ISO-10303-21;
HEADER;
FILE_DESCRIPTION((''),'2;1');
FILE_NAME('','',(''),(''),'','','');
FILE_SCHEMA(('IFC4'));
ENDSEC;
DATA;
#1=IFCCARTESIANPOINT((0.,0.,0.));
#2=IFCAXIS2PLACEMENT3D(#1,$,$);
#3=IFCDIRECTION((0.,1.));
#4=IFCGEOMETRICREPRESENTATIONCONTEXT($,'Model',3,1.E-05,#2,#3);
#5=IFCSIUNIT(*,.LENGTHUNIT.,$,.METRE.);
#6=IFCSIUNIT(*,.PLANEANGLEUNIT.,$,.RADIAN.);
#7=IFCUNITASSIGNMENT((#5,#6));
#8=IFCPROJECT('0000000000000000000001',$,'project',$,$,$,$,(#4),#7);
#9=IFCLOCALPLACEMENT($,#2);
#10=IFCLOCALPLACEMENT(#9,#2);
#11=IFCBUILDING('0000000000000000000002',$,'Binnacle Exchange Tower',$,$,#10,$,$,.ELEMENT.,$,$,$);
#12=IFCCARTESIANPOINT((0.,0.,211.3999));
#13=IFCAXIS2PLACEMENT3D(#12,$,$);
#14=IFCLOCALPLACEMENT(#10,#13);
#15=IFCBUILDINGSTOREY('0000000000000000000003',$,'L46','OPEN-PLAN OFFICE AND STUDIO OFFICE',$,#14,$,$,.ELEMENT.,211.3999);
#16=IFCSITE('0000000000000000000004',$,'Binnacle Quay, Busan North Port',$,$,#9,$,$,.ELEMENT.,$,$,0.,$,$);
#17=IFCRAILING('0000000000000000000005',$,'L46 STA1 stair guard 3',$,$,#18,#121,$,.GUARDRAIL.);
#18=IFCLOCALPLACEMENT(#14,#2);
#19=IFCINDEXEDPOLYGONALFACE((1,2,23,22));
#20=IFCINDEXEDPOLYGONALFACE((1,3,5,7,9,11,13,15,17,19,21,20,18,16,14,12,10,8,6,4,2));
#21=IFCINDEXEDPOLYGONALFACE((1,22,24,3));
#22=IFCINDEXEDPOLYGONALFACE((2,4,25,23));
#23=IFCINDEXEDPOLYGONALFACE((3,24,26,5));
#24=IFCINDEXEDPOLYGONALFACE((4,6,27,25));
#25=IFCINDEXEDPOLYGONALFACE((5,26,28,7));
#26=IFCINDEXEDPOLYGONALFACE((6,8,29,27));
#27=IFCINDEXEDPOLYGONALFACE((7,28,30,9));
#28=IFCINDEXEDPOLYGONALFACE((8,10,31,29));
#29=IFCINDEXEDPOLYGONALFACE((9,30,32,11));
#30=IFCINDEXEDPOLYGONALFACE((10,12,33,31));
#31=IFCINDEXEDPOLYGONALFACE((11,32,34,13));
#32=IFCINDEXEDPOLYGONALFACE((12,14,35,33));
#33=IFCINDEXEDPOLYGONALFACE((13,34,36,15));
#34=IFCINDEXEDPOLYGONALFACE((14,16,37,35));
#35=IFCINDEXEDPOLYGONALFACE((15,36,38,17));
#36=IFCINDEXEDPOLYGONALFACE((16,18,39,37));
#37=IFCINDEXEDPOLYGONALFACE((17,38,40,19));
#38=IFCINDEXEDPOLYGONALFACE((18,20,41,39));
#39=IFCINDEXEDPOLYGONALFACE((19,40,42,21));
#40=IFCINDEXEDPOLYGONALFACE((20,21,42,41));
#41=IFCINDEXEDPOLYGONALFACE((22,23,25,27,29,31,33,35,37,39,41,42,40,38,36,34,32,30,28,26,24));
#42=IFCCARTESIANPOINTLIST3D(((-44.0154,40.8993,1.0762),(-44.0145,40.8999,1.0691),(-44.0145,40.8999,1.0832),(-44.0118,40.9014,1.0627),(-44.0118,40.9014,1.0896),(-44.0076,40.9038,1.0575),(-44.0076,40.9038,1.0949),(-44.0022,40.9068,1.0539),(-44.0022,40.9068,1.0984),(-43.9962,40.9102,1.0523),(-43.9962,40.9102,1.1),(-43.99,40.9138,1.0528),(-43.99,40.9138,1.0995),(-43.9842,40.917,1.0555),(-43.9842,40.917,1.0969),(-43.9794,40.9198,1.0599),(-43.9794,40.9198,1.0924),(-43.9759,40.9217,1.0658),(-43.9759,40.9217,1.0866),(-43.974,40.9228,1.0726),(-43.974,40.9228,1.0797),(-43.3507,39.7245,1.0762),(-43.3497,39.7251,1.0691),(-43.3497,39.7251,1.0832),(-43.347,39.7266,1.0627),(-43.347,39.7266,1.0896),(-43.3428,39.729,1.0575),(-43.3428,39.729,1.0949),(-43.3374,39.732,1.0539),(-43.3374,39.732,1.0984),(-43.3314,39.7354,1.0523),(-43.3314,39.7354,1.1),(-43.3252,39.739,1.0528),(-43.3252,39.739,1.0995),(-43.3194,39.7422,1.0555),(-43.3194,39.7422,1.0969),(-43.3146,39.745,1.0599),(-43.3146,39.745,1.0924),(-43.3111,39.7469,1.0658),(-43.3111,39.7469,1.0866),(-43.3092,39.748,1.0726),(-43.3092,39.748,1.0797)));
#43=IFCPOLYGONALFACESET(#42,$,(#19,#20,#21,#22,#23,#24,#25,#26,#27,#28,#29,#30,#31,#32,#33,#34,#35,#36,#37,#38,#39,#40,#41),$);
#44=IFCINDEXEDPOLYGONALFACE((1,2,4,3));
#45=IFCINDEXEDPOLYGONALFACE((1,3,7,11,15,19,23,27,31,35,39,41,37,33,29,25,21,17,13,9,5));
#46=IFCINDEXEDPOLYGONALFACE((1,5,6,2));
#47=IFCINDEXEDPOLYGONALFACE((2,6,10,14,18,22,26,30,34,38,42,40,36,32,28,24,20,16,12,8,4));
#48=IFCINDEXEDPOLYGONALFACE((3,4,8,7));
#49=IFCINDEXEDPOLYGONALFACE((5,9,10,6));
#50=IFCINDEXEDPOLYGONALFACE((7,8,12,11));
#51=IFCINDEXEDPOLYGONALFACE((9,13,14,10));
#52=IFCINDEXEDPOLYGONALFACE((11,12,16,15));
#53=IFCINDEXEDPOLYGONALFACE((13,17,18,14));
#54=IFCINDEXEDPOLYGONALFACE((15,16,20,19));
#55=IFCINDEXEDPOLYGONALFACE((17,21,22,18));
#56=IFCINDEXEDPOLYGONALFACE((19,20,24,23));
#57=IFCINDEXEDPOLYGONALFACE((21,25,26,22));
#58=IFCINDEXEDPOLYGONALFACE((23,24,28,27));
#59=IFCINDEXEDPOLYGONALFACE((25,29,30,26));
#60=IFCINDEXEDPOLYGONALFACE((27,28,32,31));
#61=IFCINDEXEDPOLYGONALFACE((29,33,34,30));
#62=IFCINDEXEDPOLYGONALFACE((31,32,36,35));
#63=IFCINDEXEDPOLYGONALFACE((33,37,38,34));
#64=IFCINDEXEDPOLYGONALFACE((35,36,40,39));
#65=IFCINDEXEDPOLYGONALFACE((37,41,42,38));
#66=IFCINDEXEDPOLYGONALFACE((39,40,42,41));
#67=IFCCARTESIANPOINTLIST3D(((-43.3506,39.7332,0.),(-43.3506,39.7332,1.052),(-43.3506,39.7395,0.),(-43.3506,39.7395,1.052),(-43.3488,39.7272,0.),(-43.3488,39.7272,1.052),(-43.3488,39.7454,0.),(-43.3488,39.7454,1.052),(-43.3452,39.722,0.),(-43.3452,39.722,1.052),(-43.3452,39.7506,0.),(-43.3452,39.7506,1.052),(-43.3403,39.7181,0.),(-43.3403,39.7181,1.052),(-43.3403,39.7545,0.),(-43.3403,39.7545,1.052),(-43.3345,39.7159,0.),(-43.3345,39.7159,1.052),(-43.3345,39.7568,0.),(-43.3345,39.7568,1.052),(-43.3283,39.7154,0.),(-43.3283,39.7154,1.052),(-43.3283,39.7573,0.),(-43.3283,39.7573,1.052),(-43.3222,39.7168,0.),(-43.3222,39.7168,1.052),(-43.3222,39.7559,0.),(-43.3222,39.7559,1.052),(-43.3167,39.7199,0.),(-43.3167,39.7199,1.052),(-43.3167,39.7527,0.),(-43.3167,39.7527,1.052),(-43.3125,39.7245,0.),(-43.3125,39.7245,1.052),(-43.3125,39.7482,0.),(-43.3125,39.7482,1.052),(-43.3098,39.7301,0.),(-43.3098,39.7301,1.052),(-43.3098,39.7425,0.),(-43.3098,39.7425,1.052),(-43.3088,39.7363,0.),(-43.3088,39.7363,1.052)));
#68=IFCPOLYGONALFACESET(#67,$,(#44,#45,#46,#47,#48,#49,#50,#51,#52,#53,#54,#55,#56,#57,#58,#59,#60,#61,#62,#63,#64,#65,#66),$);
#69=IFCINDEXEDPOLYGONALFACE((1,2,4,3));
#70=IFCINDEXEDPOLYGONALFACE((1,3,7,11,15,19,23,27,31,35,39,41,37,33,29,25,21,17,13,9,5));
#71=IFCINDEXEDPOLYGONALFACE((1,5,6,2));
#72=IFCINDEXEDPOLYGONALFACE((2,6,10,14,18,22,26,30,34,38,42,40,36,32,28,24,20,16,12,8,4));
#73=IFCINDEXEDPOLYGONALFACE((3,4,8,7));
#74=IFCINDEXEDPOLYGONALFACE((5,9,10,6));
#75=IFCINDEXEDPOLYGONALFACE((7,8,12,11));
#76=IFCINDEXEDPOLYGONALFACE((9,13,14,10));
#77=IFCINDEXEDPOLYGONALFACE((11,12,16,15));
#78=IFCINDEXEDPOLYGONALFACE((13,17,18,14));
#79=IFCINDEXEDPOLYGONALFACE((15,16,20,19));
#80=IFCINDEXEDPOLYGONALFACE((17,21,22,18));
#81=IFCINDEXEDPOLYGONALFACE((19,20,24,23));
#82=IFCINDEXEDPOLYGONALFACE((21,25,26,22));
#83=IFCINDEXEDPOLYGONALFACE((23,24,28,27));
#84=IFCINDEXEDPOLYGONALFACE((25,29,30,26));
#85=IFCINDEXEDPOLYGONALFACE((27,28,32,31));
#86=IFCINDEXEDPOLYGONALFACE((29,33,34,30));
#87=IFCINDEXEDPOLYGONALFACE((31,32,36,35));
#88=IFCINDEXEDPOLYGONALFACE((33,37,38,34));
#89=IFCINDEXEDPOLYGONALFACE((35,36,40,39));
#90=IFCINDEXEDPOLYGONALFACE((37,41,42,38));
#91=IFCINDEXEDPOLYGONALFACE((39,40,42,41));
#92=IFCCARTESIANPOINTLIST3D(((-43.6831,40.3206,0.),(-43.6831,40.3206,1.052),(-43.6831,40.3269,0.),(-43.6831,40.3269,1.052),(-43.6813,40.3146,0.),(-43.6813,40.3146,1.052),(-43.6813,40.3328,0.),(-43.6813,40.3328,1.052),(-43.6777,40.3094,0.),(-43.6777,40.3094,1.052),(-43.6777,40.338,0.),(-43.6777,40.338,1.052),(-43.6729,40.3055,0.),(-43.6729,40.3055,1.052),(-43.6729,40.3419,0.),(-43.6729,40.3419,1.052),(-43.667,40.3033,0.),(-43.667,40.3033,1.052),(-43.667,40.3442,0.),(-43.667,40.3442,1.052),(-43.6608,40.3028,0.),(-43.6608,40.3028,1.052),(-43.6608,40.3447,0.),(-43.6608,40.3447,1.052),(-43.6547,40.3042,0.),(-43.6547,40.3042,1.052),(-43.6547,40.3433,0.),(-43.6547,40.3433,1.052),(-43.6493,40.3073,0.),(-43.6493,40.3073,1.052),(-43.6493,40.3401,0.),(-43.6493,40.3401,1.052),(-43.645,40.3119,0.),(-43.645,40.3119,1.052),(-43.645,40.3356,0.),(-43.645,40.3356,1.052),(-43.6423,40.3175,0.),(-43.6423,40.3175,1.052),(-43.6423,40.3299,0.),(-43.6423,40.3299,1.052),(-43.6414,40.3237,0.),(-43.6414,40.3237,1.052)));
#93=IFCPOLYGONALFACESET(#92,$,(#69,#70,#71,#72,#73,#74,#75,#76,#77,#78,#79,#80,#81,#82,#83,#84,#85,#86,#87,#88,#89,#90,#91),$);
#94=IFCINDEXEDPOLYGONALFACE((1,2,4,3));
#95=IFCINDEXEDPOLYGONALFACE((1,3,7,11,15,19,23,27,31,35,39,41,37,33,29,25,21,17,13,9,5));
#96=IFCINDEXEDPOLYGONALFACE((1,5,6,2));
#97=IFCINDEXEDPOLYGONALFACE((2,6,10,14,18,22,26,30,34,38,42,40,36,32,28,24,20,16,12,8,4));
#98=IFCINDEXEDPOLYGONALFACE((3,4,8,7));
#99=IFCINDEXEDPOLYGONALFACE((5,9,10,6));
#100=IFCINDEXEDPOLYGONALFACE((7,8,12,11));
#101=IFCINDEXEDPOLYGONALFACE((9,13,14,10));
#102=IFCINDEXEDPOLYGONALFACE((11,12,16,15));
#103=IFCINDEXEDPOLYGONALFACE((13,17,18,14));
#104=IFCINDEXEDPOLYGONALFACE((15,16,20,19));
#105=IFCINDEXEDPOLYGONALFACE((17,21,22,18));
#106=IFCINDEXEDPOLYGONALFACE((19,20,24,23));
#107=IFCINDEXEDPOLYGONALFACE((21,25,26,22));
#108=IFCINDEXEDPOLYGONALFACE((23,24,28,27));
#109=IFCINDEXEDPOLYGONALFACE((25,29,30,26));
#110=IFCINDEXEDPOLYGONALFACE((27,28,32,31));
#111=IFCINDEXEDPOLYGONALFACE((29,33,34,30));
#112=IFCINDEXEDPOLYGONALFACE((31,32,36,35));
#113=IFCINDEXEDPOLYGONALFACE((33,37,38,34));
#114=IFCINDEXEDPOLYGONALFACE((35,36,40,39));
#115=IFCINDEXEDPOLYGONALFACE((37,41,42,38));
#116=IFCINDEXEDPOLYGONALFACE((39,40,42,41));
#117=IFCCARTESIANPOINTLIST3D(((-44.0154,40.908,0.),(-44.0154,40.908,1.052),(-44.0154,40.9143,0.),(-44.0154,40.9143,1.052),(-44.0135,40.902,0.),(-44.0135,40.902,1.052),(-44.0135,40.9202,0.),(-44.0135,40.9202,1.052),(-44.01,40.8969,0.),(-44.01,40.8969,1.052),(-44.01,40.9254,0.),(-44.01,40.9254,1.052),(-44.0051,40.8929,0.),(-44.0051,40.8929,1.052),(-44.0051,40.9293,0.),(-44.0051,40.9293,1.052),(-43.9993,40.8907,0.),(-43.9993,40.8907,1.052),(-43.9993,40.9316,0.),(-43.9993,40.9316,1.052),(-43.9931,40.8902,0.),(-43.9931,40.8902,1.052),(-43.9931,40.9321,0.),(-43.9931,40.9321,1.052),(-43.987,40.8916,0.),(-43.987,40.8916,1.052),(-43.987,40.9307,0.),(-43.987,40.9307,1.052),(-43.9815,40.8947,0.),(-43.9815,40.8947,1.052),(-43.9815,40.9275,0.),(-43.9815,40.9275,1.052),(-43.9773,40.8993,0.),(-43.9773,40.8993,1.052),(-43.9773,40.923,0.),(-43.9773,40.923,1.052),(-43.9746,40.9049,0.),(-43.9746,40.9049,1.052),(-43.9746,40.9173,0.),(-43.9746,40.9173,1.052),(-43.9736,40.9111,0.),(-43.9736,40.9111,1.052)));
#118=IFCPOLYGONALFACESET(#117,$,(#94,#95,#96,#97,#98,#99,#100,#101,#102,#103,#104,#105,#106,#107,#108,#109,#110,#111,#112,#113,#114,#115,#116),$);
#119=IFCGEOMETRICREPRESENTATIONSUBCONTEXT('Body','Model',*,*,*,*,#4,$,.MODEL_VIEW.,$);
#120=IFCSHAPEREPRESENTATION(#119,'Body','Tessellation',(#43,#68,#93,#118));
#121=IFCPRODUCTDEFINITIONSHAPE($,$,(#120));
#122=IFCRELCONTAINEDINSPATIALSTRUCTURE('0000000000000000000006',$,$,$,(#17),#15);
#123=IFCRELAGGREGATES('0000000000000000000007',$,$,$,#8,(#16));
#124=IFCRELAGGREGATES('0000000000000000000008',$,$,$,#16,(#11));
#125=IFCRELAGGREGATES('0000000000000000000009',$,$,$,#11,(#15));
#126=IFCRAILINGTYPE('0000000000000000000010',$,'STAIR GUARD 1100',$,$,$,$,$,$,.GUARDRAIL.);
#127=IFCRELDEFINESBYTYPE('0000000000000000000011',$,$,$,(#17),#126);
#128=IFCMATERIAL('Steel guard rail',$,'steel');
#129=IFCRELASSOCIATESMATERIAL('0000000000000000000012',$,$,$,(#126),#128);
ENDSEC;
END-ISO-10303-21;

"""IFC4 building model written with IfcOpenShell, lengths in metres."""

from ifc_helpers import new_model, si_unit, direction, frame, origin, origin_2d, place, context, subcontext, project, spatial, circle, extrude, material, type_object, element, save


model = new_model("IFC4")

# Units and contexts
model_context = context("Model", 3, precision=1e-05, world=origin(), true_north=direction((0.0, 1.0)))
body_context = subcontext(model_context, "Body", "Model", "MODEL_VIEW")
ifc_project = project(units=[si_unit("LENGTHUNIT", "METRE"), si_unit("PLANEANGLEUNIT", "RADIAN")], contexts=[model_context])

# Site, building, storey
site_placement = place(None, origin())
site = spatial("IfcSite", under=ifc_project, at=site_placement, Name="Binnacle Quay, Busan North Port", CompositionType="ELEMENT", RefElevation=0.0)
building_placement = place(site_placement, origin())
building = spatial("IfcBuilding", under=site, at=building_placement, Name="Binnacle Exchange Tower", CompositionType="ELEMENT")
storey_placement = place(building_placement, frame((0.0, 0.0, 211.3999)))
storey = spatial("IfcBuildingStorey", under=building, at=storey_placement, Name="L46", Description="OPEN-PLAN OFFICE AND STUDIO OFFICE", CompositionType="ELEMENT", Elevation=211.3999)

# Railing
ifc_material_1 = material(Name="Steel guard rail", Category="steel")
railing_type_1 = type_object("IfcRailingType", Name="STAIR GUARD 1100", PredefinedType="GUARDRAIL", material=ifc_material_1)
railing_1_placement = place(storey_placement, frame((-43.3298, 39.7363, 0.0)))
element("IfcRailing", 1, at=railing_1_placement, inside=storey, type_object=railing_type_1, Name="L46 STA1 stair guard 3", PredefinedType="GUARDRAIL", context=body_context, shape_type="SweptSolid", body=[
    extrude(circle(Radius=0.0239, at=origin_2d()), frame((0.0, 0.0, 1.0762), z_axis=(-0.492492, 0.870317, 0.0), x_axis=(-0.870317, -0.492492, 0.0)), (0.0, 0.0, 1.0), 1.3499),
    extrude(circle(Radius=0.021, at=origin_2d()), origin(), (0.0, 0.0, 1.0), 1.052),
    extrude(circle(Radius=0.021, at=origin_2d()), frame((-0.3325, 0.5874, 0.0)), (0.0, 0.0, 1.0), 1.052),
    extrude(circle(Radius=0.021, at=origin_2d()), frame((-0.6648, 1.1748, 0.0)), (0.0, 0.0, 1.0), 1.052),
])

save(model, "model.ifc")
